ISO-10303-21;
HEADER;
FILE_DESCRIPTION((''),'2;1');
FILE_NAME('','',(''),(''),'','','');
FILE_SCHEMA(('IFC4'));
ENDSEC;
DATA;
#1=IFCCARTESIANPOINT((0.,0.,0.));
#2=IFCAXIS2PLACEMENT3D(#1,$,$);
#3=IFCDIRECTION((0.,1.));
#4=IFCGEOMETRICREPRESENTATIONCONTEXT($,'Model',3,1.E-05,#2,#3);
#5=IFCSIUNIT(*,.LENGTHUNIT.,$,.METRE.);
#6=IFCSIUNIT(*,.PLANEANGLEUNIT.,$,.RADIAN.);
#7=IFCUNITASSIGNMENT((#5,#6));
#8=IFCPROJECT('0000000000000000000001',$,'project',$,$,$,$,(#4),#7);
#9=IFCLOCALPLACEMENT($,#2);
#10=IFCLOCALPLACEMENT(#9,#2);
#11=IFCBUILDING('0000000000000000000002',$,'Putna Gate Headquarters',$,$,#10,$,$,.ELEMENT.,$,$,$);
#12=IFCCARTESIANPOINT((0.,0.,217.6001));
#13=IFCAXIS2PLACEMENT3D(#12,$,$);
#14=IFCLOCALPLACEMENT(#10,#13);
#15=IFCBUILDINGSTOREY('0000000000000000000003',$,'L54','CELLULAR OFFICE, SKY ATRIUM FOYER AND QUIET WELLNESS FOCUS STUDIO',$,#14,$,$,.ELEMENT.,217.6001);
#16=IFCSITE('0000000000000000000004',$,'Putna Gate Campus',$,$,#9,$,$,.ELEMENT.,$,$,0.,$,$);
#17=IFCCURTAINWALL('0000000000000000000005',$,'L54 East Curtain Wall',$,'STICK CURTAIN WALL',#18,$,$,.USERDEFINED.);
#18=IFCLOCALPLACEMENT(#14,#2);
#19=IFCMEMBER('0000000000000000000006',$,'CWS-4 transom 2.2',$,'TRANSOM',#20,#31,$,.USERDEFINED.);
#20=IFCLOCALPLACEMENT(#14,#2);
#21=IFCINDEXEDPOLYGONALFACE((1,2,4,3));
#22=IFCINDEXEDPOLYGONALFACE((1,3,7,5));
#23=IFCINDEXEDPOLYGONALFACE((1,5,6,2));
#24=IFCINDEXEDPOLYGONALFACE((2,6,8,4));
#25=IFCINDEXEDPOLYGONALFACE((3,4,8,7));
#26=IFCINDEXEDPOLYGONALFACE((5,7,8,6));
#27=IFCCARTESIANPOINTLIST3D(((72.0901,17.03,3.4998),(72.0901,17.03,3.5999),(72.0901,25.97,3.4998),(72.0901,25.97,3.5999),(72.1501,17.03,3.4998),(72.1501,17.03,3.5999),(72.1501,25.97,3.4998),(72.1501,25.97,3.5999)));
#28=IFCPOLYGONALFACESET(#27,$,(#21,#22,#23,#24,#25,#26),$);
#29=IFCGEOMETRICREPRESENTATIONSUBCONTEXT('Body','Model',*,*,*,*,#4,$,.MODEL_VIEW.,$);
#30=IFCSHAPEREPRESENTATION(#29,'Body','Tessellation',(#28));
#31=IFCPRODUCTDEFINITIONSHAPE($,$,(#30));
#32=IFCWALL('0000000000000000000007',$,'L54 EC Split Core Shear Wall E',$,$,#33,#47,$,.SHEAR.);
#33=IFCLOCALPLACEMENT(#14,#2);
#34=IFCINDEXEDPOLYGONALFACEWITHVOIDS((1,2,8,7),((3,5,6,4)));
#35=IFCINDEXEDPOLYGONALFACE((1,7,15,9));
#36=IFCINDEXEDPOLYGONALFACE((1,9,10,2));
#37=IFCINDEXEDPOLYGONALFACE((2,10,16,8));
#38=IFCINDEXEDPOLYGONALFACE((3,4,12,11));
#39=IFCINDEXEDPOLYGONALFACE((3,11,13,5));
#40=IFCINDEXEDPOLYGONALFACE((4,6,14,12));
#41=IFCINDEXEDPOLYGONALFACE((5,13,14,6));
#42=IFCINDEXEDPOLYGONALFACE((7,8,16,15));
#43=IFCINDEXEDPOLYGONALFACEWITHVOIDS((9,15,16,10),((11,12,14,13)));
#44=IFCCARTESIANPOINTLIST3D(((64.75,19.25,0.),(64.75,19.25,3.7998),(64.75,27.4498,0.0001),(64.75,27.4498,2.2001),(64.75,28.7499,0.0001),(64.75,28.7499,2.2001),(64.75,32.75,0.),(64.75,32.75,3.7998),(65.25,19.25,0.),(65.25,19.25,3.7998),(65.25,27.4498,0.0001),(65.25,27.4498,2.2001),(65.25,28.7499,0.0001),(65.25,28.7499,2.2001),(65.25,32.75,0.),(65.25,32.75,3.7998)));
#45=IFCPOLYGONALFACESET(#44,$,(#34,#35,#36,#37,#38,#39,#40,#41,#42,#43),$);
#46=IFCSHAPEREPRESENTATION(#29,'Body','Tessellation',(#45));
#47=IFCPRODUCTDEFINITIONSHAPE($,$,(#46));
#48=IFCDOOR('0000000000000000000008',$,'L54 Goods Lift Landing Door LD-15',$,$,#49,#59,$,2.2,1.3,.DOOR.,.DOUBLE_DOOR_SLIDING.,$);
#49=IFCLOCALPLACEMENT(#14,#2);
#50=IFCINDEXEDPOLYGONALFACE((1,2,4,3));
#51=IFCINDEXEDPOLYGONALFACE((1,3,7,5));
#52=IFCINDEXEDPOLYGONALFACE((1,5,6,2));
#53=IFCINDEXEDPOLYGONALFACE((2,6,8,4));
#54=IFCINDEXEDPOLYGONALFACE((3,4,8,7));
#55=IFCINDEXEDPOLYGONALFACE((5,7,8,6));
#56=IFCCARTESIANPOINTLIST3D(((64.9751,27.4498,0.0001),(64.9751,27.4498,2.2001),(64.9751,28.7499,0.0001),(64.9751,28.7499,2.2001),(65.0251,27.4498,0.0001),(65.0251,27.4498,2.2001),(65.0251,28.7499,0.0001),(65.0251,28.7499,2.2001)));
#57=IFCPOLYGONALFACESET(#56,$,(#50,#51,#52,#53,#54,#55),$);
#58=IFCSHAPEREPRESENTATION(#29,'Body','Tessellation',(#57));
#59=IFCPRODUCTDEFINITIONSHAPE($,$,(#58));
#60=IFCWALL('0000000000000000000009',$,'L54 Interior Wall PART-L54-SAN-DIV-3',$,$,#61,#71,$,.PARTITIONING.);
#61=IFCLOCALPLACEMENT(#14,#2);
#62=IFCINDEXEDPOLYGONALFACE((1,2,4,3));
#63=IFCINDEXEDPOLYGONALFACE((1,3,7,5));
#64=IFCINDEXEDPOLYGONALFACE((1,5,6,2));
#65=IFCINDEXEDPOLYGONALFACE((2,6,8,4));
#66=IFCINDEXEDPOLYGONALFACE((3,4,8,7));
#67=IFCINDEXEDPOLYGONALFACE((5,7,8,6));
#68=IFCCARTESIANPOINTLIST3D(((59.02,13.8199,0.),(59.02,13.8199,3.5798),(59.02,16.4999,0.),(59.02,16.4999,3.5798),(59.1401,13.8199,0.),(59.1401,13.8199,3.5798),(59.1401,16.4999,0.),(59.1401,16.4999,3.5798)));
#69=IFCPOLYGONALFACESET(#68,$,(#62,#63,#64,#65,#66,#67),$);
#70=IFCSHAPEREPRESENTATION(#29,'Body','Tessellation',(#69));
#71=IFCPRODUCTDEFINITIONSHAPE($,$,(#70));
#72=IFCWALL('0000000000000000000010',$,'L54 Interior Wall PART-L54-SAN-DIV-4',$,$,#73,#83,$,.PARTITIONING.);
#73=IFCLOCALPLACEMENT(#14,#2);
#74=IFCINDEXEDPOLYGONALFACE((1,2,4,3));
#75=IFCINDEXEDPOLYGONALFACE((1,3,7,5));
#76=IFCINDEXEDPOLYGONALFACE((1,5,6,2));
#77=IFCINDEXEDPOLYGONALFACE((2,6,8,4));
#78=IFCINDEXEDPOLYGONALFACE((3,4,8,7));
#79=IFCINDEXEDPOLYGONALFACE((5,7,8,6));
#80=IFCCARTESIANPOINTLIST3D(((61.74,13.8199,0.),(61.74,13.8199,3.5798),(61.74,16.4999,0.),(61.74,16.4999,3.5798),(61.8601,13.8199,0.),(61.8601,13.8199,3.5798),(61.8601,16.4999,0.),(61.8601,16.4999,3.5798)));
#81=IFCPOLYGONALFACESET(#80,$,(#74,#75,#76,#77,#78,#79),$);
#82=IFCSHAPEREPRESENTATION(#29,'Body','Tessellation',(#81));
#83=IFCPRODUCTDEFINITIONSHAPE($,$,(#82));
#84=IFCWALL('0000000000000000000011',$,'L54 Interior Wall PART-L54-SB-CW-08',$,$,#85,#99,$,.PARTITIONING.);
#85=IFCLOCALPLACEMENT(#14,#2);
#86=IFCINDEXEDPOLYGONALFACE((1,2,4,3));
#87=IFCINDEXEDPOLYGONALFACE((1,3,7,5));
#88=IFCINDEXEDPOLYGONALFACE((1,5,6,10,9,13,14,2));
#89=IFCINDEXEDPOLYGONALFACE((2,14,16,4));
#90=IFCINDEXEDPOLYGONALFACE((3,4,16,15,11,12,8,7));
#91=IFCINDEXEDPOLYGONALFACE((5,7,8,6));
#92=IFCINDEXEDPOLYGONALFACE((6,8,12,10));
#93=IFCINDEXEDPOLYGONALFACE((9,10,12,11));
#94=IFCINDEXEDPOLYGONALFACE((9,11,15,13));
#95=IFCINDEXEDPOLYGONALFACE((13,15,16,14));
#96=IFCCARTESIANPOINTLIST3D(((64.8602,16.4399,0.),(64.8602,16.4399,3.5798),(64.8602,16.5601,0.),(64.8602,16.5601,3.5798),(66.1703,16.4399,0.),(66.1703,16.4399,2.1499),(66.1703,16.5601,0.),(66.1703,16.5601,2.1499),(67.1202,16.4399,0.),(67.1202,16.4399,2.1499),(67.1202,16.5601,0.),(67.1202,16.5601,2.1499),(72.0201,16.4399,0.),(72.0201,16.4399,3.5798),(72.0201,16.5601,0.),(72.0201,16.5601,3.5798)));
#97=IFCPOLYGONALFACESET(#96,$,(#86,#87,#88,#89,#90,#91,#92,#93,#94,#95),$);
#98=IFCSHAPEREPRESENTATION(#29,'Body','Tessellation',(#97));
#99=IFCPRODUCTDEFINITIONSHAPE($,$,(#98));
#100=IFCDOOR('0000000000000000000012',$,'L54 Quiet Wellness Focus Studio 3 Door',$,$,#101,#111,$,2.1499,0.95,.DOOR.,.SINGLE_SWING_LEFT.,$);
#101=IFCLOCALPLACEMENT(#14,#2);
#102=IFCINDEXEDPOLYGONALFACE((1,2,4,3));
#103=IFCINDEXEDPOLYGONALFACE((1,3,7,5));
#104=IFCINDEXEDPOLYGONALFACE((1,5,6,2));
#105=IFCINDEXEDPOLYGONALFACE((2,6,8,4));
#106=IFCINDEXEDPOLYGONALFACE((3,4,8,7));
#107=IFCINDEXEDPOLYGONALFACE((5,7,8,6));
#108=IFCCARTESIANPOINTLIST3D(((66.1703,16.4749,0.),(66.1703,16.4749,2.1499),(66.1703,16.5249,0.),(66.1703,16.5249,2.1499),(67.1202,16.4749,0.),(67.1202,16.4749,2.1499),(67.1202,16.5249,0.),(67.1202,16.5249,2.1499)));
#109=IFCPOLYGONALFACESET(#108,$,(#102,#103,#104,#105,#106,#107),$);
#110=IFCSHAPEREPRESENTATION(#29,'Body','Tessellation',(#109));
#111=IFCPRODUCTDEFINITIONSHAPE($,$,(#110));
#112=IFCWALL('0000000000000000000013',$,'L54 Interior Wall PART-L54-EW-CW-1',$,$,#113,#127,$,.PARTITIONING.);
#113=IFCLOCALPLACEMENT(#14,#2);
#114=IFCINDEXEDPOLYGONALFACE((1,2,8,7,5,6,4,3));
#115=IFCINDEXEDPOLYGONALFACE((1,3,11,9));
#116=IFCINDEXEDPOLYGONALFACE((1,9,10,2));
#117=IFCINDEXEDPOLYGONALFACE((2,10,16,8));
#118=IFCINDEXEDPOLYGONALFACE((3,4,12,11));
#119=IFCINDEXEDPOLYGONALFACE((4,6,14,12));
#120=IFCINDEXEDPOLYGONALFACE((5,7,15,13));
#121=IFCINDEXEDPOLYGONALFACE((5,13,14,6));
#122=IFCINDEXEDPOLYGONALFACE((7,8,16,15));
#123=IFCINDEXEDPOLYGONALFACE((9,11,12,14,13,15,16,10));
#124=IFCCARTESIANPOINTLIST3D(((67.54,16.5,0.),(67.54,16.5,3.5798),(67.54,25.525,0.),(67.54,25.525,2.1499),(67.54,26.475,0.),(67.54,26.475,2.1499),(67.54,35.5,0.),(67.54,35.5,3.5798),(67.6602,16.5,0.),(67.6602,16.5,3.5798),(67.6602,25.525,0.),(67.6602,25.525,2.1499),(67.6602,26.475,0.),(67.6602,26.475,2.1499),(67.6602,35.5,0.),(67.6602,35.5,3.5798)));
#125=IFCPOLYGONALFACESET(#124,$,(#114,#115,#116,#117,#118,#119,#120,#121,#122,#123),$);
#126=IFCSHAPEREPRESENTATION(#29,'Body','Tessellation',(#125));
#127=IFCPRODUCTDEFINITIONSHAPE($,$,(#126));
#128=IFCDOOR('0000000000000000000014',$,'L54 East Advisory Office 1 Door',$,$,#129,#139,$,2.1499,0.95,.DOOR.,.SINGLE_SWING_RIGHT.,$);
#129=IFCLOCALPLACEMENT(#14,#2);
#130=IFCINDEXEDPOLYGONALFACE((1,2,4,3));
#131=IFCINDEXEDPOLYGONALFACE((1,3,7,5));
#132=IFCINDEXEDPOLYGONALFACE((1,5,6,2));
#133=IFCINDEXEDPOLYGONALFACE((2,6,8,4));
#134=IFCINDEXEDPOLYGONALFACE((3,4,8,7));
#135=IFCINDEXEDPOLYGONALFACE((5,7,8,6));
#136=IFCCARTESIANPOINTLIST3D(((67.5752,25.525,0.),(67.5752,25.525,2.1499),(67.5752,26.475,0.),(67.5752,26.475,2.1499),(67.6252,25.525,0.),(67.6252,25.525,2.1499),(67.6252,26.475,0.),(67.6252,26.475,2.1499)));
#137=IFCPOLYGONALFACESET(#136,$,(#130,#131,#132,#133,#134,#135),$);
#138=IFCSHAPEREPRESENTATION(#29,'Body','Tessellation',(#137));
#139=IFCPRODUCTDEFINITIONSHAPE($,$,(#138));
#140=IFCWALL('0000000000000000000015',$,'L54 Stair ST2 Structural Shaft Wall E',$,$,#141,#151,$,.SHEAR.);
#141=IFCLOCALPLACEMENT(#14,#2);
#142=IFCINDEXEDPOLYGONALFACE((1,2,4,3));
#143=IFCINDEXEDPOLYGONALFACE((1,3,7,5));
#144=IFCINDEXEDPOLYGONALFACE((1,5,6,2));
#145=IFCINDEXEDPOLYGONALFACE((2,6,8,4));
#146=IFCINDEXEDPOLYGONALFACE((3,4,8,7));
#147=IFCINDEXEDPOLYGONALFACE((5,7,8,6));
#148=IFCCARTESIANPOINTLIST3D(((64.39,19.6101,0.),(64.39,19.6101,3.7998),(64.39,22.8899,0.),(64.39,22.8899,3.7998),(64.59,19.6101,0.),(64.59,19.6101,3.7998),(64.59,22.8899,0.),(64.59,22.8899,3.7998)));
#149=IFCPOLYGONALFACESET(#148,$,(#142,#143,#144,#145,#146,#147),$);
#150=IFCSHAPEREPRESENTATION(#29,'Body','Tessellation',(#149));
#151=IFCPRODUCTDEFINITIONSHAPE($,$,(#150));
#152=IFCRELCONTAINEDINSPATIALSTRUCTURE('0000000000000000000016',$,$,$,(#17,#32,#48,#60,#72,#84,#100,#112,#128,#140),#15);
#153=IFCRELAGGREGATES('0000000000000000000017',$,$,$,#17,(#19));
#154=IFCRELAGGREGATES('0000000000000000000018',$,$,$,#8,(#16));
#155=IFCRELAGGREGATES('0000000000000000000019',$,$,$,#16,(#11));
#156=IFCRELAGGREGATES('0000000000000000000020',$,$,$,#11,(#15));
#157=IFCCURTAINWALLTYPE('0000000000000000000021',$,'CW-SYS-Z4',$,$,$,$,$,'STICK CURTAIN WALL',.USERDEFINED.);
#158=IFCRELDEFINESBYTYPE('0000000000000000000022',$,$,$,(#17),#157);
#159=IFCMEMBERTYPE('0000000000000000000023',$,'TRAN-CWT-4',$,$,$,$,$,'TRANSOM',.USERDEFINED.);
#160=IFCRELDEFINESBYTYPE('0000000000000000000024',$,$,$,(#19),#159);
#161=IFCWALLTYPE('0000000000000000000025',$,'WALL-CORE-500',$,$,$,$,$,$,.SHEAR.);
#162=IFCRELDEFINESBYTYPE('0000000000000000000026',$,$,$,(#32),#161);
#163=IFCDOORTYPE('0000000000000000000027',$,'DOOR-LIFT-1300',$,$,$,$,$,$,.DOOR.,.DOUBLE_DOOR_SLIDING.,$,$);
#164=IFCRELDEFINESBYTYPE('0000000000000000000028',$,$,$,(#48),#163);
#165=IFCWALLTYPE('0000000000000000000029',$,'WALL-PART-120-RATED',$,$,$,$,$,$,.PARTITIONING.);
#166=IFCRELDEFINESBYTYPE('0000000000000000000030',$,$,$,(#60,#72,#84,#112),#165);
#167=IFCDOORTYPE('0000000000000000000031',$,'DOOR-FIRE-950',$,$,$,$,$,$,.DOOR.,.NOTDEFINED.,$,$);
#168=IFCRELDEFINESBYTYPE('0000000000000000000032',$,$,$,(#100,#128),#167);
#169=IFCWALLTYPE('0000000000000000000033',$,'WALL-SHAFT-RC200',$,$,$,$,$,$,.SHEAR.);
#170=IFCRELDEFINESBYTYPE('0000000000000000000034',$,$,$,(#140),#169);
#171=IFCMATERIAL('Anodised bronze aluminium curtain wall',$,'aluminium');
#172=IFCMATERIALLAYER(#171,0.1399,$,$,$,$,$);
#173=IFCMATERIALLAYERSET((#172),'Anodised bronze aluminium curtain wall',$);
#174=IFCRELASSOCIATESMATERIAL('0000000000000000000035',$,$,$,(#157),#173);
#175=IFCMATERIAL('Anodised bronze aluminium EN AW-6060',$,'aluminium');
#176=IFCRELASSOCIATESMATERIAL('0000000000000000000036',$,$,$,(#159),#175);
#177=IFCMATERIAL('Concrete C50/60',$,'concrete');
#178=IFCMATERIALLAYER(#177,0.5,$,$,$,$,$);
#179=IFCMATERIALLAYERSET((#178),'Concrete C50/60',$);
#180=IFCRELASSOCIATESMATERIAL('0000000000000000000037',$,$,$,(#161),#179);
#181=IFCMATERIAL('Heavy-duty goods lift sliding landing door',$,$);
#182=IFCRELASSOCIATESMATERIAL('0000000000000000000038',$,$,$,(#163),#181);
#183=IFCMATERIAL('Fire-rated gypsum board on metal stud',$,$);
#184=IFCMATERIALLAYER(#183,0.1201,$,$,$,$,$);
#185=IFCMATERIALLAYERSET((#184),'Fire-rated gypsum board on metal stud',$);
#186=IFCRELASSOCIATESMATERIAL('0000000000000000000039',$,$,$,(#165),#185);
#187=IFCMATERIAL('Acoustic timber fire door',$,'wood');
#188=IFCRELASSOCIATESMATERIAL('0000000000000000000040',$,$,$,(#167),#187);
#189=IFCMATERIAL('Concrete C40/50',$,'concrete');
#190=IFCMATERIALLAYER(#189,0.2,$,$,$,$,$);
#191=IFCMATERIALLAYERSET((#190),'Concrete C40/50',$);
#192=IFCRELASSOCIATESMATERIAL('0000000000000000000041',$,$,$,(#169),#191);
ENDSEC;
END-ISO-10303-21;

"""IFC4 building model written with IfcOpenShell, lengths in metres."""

from ifc_helpers import new_model, si_unit, direction, frame, frame_2d, origin, origin_2d, place, context, subcontext, project, spatial, rectangle, extrude, material, layer, layer_set, material_profile, profile_set, type_object, element, fill, aggregate, save


model = new_model("IFC4")

# Units and contexts
model_context = context("Model", 3, precision=1e-05, world=origin(), true_north=direction((0.0, 1.0)))
body_context = subcontext(model_context, "Body", "Model", "MODEL_VIEW")
ifc_project = project(units=[si_unit("LENGTHUNIT", "METRE"), si_unit("PLANEANGLEUNIT", "RADIAN")], contexts=[model_context])

# Site, building, storey
site_placement = place(None, origin())
site = spatial("IfcSite", under=ifc_project, at=site_placement, Name="Putna Gate Campus", CompositionType="ELEMENT", RefElevation=0.0)
building_placement = place(site_placement, origin())
building = spatial("IfcBuilding", under=site, at=building_placement, Name="Putna Gate Headquarters", CompositionType="ELEMENT")
storey_placement = place(building_placement, frame((0.0, 0.0, 217.6001)))
storey = spatial("IfcBuildingStorey", under=building, at=storey_placement, Name="L54", Description="CELLULAR OFFICE, SKY ATRIUM FOYER AND QUIET WELLNESS FOCUS STUDIO", CompositionType="ELEMENT", Elevation=217.6001)

# Curtain wall, member
ifc_material_1 = material(Name="Anodised bronze aluminium curtain wall", Category="aluminium")
ifc_layer_1 = layer(ifc_material_1, 0.1399)
ifc_layer_set_1 = layer_set([ifc_layer_1], Name="Anodised bronze aluminium curtain wall")
curtain_wall_type = type_object("IfcCurtainWallType", Name="CW-SYS-Z4", ElementType="STICK CURTAIN WALL", PredefinedType="USERDEFINED", material=ifc_layer_set_1)
curtain_wall_placement = place(storey_placement, origin())
curtain_wall = element("IfcCurtainWall", 1, at=curtain_wall_placement, inside=storey, type_object=curtain_wall_type, Name="L54 East Curtain Wall", ObjectType="STICK CURTAIN WALL", PredefinedType="USERDEFINED")
ifc_material_2 = material(Name="Anodised bronze aluminium EN AW-6060", Category="aluminium")
ifc_material_profile_1 = material_profile(ifc_material_2, rectangle(XDim=0.0601, YDim=0.1001, at=origin_2d()), Name="Anodised bronze aluminium EN AW-6060")
ifc_profile_set_1 = profile_set([ifc_material_profile_1], Name="Anodised bronze aluminium EN AW-6060")
member_type_1 = type_object("IfcMemberType", Name="TRAN-CWT-4", ElementType="TRANSOM", PredefinedType="USERDEFINED", material=ifc_profile_set_1)
member_1_placement = place(storey_placement, frame((72.1201, 17.03, 3.5498), z_axis=(0.0, 1.0, 0.0), x_axis=(-1.0, 0.0, 0.0)))
member_1 = element("IfcMember", 2, at=member_1_placement, type_object=member_type_1, Name="CWS-4 transom 2.2", ObjectType="TRANSOM", PredefinedType="USERDEFINED", context=body_context, shape_type="SweptSolid", body=[
    extrude(rectangle(XDim=0.0601, YDim=0.1001, at=origin_2d()), origin(), (0.0, 0.0, 1.0), 8.9399),
])
aggregate(curtain_wall, [member_1])

# Wall, opening, door
ifc_material_3 = material(Name="Concrete C50/60", Category="concrete")
ifc_layer_2 = layer(ifc_material_3, 0.5)
ifc_layer_set_2 = layer_set([ifc_layer_2], Name="Concrete C50/60")
wall_type_1 = type_object("IfcWallType", Name="WALL-CORE-500", PredefinedType="SHEAR", material=ifc_layer_set_2)
wall_1_placement = place(storey_placement, frame((65.0, 19.25, 0.0), z_axis=(0.0, 0.0, 1.0), x_axis=(0.0, 1.0, 0.0)))
wall_1 = element("IfcWall", 3, at=wall_1_placement, inside=storey, type_object=wall_type_1, Name="L54 EC Split Core Shear Wall E", PredefinedType="SHEAR", context=body_context, shape_type="SweptSolid", body=[
    extrude(rectangle(XDim=13.5, YDim=0.5, at=frame_2d((6.75, 0.0))), origin(), (0.0, 0.0, 1.0), 3.7998),
])
opening_1_placement = place(wall_1_placement, frame((8.2, 0.0, 0.0)))
opening_1 = element("IfcOpeningElement", 4, at=opening_1_placement, cuts=wall_1, PredefinedType="OPENING", context=body_context, shape_type="SweptSolid", body=[
    extrude(rectangle(XDim=1.3, YDim=2.2, at=frame_2d((0.6499, 1.1001))), frame((0.0, 0.26, 0.0), z_axis=(0.0, -1.0, 0.0), x_axis=(1.0, 0.0, 0.0)), (0.0, 0.0, 1.0), 0.52),
])
ifc_material_4 = material(Name="Heavy-duty goods lift sliding landing door")
door_type_1 = type_object("IfcDoorType", Name="DOOR-LIFT-1300", OperationType="DOUBLE_DOOR_SLIDING", PredefinedType="DOOR", material=ifc_material_4)
door_1_placement = place(opening_1_placement, origin())
door_1 = element("IfcDoor", 5, at=door_1_placement, inside=storey, type_object=door_type_1, Name="L54 Goods Lift Landing Door LD-15", OperationType="DOUBLE_DOOR_SLIDING", OverallHeight=2.2, OverallWidth=1.3, PredefinedType="DOOR", context=body_context, shape_type="SweptSolid", body=[
    extrude(rectangle(XDim=1.3, YDim=2.2, at=frame_2d((0.6499, 1.1001))), frame((0.0, 0.0249, 0.0), z_axis=(0.0, -1.0, 0.0), x_axis=(1.0, 0.0, 0.0)), (0.0, 0.0, 1.0), 0.05),
])
fill(opening_1, door_1)

# Walls
ifc_material_5 = material(Name="Fire-rated gypsum board on metal stud")
ifc_layer_3 = layer(ifc_material_5, 0.1201)
ifc_layer_set_3 = layer_set([ifc_layer_3], Name="Fire-rated gypsum board on metal stud")
wall_type_2 = type_object("IfcWallType", Name="WALL-PART-120-RATED", PredefinedType="PARTITIONING", material=ifc_layer_set_3)
for number, where, z_axis, x_axis, name in (
    (6, (59.0801, 13.8201, 0.0), (0.0, 0.0, 1.0), (0.0, 1.0, 0.0), "L54 Interior Wall PART-L54-SAN-DIV-3"),
    (7, (61.8, 13.8201, 0.0), (0.0, 0.0, 1.0), (0.0, 1.0, 0.0), "L54 Interior Wall PART-L54-SAN-DIV-4"),
):
    element("IfcWall", number, at=place(storey_placement, frame(where, z_axis=z_axis, x_axis=x_axis)), inside=storey, type_object=wall_type_2, Name=name, PredefinedType="PARTITIONING", context=body_context, shape_type="SweptSolid", body=[
        extrude(rectangle(XDim=2.6799, YDim=0.1201, at=frame_2d((1.3398, 0.0))), origin(), (0.0, 0.0, 1.0), 3.5798),
    ])

# Walls, openings, doors
wall_2_placement = place(storey_placement, frame((64.8601, 16.5, 0.0), z_axis=(0.0, 0.0, 1.0), x_axis=(1.0, 0.0, 0.0)))
wall_2 = element("IfcWall", 8, at=wall_2_placement, inside=storey, type_object=wall_type_2, Name="L54 Interior Wall PART-L54-SB-CW-08", PredefinedType="PARTITIONING", context=body_context, shape_type="SweptSolid", body=[
    extrude(rectangle(XDim=7.1599, YDim=0.1201, at=frame_2d((3.5801, 0.0))), origin(), (0.0, 0.0, 1.0), 3.5798),
])
opening_2_placement = place(wall_2_placement, frame((1.3101, 0.0, 0.0)))
opening_2 = element("IfcOpeningElement", 9, at=opening_2_placement, cuts=wall_2, PredefinedType="OPENING", context=body_context, shape_type="SweptSolid", body=[
    extrude(rectangle(XDim=0.95, YDim=2.1499, at=frame_2d((0.4751, 1.075))), frame((0.0, 0.0701, 0.0), z_axis=(0.0, -1.0, 0.0), x_axis=(1.0, 0.0, 0.0)), (0.0, 0.0, 1.0), 0.1401),
])
ifc_material_6 = material(Name="Acoustic timber fire door", Category="wood")
door_type_2 = type_object("IfcDoorType", Name="DOOR-FIRE-950", OperationType="NOTDEFINED", PredefinedType="DOOR", material=ifc_material_6)
door_2_placement = place(opening_2_placement, origin())
door_2 = element("IfcDoor", 10, at=door_2_placement, inside=storey, type_object=door_type_2, Name="L54 Quiet Wellness Focus Studio 3 Door", OperationType="SINGLE_SWING_LEFT", OverallHeight=2.1499, OverallWidth=0.95, PredefinedType="DOOR", context=body_context, shape_type="SweptSolid", body=[
    extrude(rectangle(XDim=0.95, YDim=2.1499, at=frame_2d((0.4751, 1.075))), frame((0.0, 0.0249, 0.0), z_axis=(0.0, -1.0, 0.0), x_axis=(1.0, 0.0, 0.0)), (0.0, 0.0, 1.0), 0.05),
])
fill(opening_2, door_2)
wall_3_placement = place(storey_placement, frame((67.6001, 16.5, 0.0), z_axis=(0.0, 0.0, 1.0), x_axis=(0.0, 1.0, 0.0)))
wall_3 = element("IfcWall", 11, at=wall_3_placement, inside=storey, type_object=wall_type_2, Name="L54 Interior Wall PART-L54-EW-CW-1", PredefinedType="PARTITIONING", context=body_context, shape_type="SweptSolid", body=[
    extrude(rectangle(XDim=19.0, YDim=0.1201, at=frame_2d((9.5, 0.0))), origin(), (0.0, 0.0, 1.0), 3.5798),
])
opening_3_placement = place(wall_3_placement, frame((9.0249, 0.0, 0.0)))
opening_3 = element("IfcOpeningElement", 12, at=opening_3_placement, cuts=wall_3, PredefinedType="OPENING", context=body_context, shape_type="SweptSolid", body=[
    extrude(rectangle(XDim=0.95, YDim=2.1499, at=frame_2d((0.4751, 1.075))), frame((0.0, 0.0701, 0.0), z_axis=(0.0, -1.0, 0.0), x_axis=(1.0, 0.0, 0.0)), (0.0, 0.0, 1.0), 0.1401),
])
door_3_placement = place(opening_3_placement, origin())
door_3 = element("IfcDoor", 13, at=door_3_placement, inside=storey, type_object=door_type_2, Name="L54 East Advisory Office 1 Door", OperationType="SINGLE_SWING_RIGHT", OverallHeight=2.1499, OverallWidth=0.95, PredefinedType="DOOR", context=body_context, shape_type="SweptSolid", body=[
    extrude(rectangle(XDim=0.95, YDim=2.1499, at=frame_2d((0.4751, 1.075))), frame((0.0, 0.0249, 0.0), z_axis=(0.0, -1.0, 0.0), x_axis=(1.0, 0.0, 0.0)), (0.0, 0.0, 1.0), 0.05),
])
fill(opening_3, door_3)

# Wall
ifc_material_7 = material(Name="Concrete C40/50", Category="concrete")
ifc_layer_4 = layer(ifc_material_7, 0.2)
ifc_layer_set_4 = layer_set([ifc_layer_4], Name="Concrete C40/50")
wall_type_3 = type_object("IfcWallType", Name="WALL-SHAFT-RC200", PredefinedType="SHEAR", material=ifc_layer_set_4)
wall_4_placement = place(storey_placement, frame((64.49, 19.6101, 0.0), z_axis=(0.0, 0.0, 1.0), x_axis=(0.0, 1.0, 0.0)))
element("IfcWall", 14, at=wall_4_placement, inside=storey, type_object=wall_type_3, Name="L54 Stair ST2 Structural Shaft Wall E", PredefinedType="SHEAR", context=body_context, shape_type="SweptSolid", body=[
    extrude(rectangle(XDim=3.2798, YDim=0.2, at=frame_2d((1.6399, 0.0))), origin(), (0.0, 0.0, 1.0), 3.7998),
])

save(model, "model.ifc")
